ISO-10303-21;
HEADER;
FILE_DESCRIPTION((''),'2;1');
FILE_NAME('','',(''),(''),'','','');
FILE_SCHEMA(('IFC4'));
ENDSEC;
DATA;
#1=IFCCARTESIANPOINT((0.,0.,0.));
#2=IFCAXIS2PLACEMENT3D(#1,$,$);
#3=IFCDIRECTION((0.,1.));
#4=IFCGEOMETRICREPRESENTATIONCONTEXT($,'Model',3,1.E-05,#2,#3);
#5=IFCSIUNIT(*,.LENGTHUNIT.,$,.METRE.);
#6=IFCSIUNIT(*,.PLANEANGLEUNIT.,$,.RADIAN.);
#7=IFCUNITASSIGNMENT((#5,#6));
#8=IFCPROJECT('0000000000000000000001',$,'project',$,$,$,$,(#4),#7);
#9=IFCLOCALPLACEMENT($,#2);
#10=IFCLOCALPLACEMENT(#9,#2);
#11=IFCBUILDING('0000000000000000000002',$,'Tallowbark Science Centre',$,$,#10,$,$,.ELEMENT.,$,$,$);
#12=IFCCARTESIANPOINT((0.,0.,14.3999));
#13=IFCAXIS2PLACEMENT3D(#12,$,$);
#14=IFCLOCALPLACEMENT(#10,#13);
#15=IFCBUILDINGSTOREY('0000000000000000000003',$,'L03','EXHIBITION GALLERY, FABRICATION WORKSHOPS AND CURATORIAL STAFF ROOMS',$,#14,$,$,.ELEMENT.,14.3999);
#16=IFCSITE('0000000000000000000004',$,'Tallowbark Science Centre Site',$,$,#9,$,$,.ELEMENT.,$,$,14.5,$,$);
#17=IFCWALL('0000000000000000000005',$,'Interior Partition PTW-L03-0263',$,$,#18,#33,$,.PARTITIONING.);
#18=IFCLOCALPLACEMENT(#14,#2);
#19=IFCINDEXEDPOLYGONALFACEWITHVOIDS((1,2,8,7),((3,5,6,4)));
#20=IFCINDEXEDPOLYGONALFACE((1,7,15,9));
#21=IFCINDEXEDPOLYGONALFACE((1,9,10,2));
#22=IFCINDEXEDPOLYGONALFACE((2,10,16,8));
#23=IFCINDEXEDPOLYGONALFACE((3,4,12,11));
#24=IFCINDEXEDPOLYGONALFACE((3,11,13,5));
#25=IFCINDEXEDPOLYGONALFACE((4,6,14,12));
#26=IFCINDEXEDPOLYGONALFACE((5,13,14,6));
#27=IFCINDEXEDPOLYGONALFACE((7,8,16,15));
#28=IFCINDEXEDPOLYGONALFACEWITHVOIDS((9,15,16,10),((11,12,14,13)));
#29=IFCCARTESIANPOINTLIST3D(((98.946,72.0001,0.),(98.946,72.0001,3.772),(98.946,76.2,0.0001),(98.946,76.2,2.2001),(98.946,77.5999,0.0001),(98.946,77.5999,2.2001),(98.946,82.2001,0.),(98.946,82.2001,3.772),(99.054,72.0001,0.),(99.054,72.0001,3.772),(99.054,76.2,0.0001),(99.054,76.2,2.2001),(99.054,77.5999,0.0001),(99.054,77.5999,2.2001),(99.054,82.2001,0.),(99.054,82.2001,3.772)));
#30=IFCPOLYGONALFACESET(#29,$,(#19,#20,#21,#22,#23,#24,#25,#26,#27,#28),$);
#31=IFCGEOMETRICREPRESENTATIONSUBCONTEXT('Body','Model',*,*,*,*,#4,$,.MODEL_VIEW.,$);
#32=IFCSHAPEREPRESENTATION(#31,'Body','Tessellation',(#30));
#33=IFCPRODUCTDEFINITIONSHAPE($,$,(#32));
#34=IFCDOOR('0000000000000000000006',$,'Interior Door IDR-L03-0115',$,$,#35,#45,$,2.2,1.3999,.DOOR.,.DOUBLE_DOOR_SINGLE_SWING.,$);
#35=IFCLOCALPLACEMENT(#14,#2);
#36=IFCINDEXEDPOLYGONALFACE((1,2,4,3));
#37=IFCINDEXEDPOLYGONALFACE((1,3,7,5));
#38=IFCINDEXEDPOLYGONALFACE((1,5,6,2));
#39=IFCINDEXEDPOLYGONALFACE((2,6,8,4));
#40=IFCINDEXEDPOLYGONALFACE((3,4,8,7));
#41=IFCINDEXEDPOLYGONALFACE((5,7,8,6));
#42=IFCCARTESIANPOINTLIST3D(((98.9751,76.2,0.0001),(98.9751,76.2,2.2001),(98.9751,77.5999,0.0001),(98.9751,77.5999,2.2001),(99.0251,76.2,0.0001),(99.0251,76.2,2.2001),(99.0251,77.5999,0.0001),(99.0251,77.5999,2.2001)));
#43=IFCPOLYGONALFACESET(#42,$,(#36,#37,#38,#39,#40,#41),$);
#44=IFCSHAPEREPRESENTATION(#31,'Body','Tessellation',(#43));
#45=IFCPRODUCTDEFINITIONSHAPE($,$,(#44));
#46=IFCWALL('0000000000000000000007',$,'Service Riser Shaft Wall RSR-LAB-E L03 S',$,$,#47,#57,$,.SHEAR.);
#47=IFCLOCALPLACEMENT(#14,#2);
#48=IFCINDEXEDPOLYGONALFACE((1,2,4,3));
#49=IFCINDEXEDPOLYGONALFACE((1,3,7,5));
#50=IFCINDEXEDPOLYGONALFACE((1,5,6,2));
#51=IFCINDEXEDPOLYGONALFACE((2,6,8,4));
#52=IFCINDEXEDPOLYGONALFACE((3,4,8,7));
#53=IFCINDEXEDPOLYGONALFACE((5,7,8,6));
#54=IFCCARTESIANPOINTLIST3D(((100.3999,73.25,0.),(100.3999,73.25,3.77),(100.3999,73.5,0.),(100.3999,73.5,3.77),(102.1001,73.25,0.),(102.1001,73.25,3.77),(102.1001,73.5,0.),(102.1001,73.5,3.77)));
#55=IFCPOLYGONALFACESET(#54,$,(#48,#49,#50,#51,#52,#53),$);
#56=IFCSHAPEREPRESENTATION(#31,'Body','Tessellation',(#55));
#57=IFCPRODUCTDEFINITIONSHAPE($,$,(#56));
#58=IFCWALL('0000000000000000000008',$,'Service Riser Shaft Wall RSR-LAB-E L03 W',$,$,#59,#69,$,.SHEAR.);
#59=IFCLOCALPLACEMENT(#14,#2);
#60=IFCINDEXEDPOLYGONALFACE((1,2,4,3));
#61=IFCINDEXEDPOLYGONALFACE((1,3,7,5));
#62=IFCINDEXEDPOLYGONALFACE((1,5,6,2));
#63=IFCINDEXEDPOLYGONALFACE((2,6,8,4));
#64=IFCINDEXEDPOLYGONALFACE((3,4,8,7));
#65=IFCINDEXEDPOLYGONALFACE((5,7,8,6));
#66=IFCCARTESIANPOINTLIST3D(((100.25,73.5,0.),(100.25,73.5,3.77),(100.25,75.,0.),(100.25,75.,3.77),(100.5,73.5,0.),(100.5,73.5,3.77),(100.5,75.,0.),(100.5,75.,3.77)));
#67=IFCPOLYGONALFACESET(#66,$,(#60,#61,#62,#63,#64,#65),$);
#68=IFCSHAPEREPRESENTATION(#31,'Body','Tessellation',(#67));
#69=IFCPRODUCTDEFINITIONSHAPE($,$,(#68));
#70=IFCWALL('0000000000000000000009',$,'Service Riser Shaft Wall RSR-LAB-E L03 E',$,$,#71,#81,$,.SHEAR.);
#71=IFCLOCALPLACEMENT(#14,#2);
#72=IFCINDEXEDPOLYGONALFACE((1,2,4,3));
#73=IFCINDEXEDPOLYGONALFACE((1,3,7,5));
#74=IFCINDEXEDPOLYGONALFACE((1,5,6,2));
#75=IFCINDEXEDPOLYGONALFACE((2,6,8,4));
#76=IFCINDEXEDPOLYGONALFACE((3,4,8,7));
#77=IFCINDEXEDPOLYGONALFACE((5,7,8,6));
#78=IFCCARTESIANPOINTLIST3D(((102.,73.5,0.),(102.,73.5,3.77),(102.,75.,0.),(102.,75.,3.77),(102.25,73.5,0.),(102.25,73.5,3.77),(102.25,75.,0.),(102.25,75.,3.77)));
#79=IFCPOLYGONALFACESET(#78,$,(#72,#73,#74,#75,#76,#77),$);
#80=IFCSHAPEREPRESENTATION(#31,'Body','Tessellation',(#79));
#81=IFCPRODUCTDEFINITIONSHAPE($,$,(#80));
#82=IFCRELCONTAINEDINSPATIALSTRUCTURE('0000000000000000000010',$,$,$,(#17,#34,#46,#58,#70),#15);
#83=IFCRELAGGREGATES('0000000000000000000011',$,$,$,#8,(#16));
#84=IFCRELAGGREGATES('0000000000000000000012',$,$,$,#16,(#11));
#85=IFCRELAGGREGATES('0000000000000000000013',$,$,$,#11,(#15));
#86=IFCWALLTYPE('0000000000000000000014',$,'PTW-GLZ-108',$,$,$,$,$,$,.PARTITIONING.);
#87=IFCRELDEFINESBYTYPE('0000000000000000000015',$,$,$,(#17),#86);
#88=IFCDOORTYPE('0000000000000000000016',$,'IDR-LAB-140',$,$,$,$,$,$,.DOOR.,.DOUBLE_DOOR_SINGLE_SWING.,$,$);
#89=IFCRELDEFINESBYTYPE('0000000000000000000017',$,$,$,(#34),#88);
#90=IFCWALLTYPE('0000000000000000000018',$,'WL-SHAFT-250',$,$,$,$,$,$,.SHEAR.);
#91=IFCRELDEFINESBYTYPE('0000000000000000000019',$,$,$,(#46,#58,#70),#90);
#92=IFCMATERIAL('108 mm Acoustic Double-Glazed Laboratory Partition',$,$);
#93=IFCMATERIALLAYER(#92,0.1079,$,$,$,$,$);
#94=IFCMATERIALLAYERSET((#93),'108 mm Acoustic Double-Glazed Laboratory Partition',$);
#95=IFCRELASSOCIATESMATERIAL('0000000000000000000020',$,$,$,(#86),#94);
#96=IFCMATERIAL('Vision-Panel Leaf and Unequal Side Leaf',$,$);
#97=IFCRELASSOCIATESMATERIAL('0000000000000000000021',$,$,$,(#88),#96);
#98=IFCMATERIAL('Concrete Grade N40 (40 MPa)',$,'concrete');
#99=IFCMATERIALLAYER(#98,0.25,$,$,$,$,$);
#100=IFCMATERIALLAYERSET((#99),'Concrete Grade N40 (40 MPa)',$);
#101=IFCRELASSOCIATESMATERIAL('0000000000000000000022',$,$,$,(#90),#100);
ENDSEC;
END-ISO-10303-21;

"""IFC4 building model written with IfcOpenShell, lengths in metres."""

from ifc_helpers import new_model, si_unit, direction, frame, frame_2d, origin, place, context, subcontext, project, spatial, rectangle, extrude, material, layer, layer_set, type_object, element, fill, save


model = new_model("IFC4")

# Units and contexts
model_context = context("Model", 3, precision=1e-05, world=origin(), true_north=direction((0.0, 1.0)))
body_context = subcontext(model_context, "Body", "Model", "MODEL_VIEW")
ifc_project = project(units=[si_unit("LENGTHUNIT", "METRE"), si_unit("PLANEANGLEUNIT", "RADIAN")], contexts=[model_context])

# Site, building, storey
site_placement = place(None, origin())
site = spatial("IfcSite", under=ifc_project, at=site_placement, Name="Tallowbark Science Centre Site", CompositionType="ELEMENT", RefElevation=14.5)
building_placement = place(site_placement, origin())
building = spatial("IfcBuilding", under=site, at=building_placement, Name="Tallowbark Science Centre", CompositionType="ELEMENT")
storey_placement = place(building_placement, frame((0.0, 0.0, 14.3999)))
storey = spatial("IfcBuildingStorey", under=building, at=storey_placement, Name="L03", Description="EXHIBITION GALLERY, FABRICATION WORKSHOPS AND CURATORIAL STAFF ROOMS", CompositionType="ELEMENT", Elevation=14.3999)

# Wall, opening, door
ifc_material_1 = material(Name="108 mm Acoustic Double-Glazed Laboratory Partition")
ifc_layer_1 = layer(ifc_material_1, 0.1079)
ifc_layer_set_1 = layer_set([ifc_layer_1], Name="108 mm Acoustic Double-Glazed Laboratory Partition")
wall_type_1 = type_object("IfcWallType", Name="PTW-GLZ-108", PredefinedType="PARTITIONING", material=ifc_layer_set_1)
wall_1_placement = place(storey_placement, frame((99.0, 72.0, 0.0), z_axis=(0.0, 0.0, 1.0), x_axis=(0.0, 1.0, 0.0)))
wall_1 = element("IfcWall", 1, at=wall_1_placement, inside=storey, type_object=wall_type_1, Name="Interior Partition PTW-L03-0263", PredefinedType="PARTITIONING", context=body_context, shape_type="SweptSolid", body=[
    extrude(rectangle(XDim=10.2, YDim=0.1079, at=frame_2d((5.1001, 0.0))), origin(), (0.0, 0.0, 1.0), 3.772),
])
opening_1_placement = place(wall_1_placement, frame((4.2, 0.0, 0.0)))
opening_1 = element("IfcOpeningElement", 2, at=opening_1_placement, cuts=wall_1, PredefinedType="OPENING", context=body_context, shape_type="SweptSolid", body=[
    extrude(rectangle(XDim=1.3999, YDim=2.2, at=frame_2d((0.7, 1.1001))), frame((0.0, 0.064, 0.0), z_axis=(0.0, -1.0, 0.0), x_axis=(1.0, 0.0, 0.0)), (0.0, 0.0, 1.0), 0.1279),
])
ifc_material_2 = material(Name="Vision-Panel Leaf and Unequal Side Leaf")
door_type_1 = type_object("IfcDoorType", Name="IDR-LAB-140", OperationType="DOUBLE_DOOR_SINGLE_SWING", PredefinedType="DOOR", material=ifc_material_2)
door_1_placement = place(opening_1_placement, origin())
door_1 = element("IfcDoor", 3, at=door_1_placement, inside=storey, type_object=door_type_1, Name="Interior Door IDR-L03-0115", OperationType="DOUBLE_DOOR_SINGLE_SWING", OverallHeight=2.2, OverallWidth=1.3999, PredefinedType="DOOR", context=body_context, shape_type="SweptSolid", body=[
    extrude(rectangle(XDim=1.3999, YDim=2.2, at=frame_2d((0.7, 1.1001))), frame((0.0, 0.0249, 0.0), z_axis=(0.0, -1.0, 0.0), x_axis=(1.0, 0.0, 0.0)), (0.0, 0.0, 1.0), 0.05),
])
fill(opening_1, door_1)

# Walls
ifc_material_3 = material(Name="Concrete Grade N40 (40 MPa)", Category="concrete")
ifc_layer_2 = layer(ifc_material_3, 0.25)
ifc_layer_set_2 = layer_set([ifc_layer_2], Name="Concrete Grade N40 (40 MPa)")
wall_type_2 = type_object("IfcWallType", Name="WL-SHAFT-250", PredefinedType="SHEAR", material=ifc_layer_set_2)
wall_2_placement = place(storey_placement, frame((100.3999, 73.375, 0.0), z_axis=(0.0, 0.0, 1.0), x_axis=(1.0, 0.0, 0.0)))
element("IfcWall", 4, at=wall_2_placement, inside=storey, type_object=wall_type_2, Name="Service Riser Shaft Wall RSR-LAB-E L03 S", PredefinedType="SHEAR", context=body_context, shape_type="SweptSolid", body=[
    extrude(rectangle(XDim=1.7002, YDim=0.25, at=frame_2d((0.8501, 0.0))), origin(), (0.0, 0.0, 1.0), 3.77),
])
for number, where, z_axis, x_axis, name in (
    (5, (100.375, 73.5, 0.0), (0.0, 0.0, 1.0), (0.0, 1.0, 0.0), "Service Riser Shaft Wall RSR-LAB-E L03 W"),
    (6, (102.125, 73.5, 0.0), (0.0, 0.0, 1.0), (0.0, 1.0, 0.0), "Service Riser Shaft Wall RSR-LAB-E L03 E"),
):
    element("IfcWall", number, at=place(storey_placement, frame(where, z_axis=z_axis, x_axis=x_axis)), inside=storey, type_object=wall_type_2, Name=name, PredefinedType="SHEAR", context=body_context, shape_type="SweptSolid", body=[
        extrude(rectangle(XDim=1.5, YDim=0.25, at=frame_2d((0.75, 0.0))), origin(), (0.0, 0.0, 1.0), 3.77),
    ])

save(model, "model.ifc")
